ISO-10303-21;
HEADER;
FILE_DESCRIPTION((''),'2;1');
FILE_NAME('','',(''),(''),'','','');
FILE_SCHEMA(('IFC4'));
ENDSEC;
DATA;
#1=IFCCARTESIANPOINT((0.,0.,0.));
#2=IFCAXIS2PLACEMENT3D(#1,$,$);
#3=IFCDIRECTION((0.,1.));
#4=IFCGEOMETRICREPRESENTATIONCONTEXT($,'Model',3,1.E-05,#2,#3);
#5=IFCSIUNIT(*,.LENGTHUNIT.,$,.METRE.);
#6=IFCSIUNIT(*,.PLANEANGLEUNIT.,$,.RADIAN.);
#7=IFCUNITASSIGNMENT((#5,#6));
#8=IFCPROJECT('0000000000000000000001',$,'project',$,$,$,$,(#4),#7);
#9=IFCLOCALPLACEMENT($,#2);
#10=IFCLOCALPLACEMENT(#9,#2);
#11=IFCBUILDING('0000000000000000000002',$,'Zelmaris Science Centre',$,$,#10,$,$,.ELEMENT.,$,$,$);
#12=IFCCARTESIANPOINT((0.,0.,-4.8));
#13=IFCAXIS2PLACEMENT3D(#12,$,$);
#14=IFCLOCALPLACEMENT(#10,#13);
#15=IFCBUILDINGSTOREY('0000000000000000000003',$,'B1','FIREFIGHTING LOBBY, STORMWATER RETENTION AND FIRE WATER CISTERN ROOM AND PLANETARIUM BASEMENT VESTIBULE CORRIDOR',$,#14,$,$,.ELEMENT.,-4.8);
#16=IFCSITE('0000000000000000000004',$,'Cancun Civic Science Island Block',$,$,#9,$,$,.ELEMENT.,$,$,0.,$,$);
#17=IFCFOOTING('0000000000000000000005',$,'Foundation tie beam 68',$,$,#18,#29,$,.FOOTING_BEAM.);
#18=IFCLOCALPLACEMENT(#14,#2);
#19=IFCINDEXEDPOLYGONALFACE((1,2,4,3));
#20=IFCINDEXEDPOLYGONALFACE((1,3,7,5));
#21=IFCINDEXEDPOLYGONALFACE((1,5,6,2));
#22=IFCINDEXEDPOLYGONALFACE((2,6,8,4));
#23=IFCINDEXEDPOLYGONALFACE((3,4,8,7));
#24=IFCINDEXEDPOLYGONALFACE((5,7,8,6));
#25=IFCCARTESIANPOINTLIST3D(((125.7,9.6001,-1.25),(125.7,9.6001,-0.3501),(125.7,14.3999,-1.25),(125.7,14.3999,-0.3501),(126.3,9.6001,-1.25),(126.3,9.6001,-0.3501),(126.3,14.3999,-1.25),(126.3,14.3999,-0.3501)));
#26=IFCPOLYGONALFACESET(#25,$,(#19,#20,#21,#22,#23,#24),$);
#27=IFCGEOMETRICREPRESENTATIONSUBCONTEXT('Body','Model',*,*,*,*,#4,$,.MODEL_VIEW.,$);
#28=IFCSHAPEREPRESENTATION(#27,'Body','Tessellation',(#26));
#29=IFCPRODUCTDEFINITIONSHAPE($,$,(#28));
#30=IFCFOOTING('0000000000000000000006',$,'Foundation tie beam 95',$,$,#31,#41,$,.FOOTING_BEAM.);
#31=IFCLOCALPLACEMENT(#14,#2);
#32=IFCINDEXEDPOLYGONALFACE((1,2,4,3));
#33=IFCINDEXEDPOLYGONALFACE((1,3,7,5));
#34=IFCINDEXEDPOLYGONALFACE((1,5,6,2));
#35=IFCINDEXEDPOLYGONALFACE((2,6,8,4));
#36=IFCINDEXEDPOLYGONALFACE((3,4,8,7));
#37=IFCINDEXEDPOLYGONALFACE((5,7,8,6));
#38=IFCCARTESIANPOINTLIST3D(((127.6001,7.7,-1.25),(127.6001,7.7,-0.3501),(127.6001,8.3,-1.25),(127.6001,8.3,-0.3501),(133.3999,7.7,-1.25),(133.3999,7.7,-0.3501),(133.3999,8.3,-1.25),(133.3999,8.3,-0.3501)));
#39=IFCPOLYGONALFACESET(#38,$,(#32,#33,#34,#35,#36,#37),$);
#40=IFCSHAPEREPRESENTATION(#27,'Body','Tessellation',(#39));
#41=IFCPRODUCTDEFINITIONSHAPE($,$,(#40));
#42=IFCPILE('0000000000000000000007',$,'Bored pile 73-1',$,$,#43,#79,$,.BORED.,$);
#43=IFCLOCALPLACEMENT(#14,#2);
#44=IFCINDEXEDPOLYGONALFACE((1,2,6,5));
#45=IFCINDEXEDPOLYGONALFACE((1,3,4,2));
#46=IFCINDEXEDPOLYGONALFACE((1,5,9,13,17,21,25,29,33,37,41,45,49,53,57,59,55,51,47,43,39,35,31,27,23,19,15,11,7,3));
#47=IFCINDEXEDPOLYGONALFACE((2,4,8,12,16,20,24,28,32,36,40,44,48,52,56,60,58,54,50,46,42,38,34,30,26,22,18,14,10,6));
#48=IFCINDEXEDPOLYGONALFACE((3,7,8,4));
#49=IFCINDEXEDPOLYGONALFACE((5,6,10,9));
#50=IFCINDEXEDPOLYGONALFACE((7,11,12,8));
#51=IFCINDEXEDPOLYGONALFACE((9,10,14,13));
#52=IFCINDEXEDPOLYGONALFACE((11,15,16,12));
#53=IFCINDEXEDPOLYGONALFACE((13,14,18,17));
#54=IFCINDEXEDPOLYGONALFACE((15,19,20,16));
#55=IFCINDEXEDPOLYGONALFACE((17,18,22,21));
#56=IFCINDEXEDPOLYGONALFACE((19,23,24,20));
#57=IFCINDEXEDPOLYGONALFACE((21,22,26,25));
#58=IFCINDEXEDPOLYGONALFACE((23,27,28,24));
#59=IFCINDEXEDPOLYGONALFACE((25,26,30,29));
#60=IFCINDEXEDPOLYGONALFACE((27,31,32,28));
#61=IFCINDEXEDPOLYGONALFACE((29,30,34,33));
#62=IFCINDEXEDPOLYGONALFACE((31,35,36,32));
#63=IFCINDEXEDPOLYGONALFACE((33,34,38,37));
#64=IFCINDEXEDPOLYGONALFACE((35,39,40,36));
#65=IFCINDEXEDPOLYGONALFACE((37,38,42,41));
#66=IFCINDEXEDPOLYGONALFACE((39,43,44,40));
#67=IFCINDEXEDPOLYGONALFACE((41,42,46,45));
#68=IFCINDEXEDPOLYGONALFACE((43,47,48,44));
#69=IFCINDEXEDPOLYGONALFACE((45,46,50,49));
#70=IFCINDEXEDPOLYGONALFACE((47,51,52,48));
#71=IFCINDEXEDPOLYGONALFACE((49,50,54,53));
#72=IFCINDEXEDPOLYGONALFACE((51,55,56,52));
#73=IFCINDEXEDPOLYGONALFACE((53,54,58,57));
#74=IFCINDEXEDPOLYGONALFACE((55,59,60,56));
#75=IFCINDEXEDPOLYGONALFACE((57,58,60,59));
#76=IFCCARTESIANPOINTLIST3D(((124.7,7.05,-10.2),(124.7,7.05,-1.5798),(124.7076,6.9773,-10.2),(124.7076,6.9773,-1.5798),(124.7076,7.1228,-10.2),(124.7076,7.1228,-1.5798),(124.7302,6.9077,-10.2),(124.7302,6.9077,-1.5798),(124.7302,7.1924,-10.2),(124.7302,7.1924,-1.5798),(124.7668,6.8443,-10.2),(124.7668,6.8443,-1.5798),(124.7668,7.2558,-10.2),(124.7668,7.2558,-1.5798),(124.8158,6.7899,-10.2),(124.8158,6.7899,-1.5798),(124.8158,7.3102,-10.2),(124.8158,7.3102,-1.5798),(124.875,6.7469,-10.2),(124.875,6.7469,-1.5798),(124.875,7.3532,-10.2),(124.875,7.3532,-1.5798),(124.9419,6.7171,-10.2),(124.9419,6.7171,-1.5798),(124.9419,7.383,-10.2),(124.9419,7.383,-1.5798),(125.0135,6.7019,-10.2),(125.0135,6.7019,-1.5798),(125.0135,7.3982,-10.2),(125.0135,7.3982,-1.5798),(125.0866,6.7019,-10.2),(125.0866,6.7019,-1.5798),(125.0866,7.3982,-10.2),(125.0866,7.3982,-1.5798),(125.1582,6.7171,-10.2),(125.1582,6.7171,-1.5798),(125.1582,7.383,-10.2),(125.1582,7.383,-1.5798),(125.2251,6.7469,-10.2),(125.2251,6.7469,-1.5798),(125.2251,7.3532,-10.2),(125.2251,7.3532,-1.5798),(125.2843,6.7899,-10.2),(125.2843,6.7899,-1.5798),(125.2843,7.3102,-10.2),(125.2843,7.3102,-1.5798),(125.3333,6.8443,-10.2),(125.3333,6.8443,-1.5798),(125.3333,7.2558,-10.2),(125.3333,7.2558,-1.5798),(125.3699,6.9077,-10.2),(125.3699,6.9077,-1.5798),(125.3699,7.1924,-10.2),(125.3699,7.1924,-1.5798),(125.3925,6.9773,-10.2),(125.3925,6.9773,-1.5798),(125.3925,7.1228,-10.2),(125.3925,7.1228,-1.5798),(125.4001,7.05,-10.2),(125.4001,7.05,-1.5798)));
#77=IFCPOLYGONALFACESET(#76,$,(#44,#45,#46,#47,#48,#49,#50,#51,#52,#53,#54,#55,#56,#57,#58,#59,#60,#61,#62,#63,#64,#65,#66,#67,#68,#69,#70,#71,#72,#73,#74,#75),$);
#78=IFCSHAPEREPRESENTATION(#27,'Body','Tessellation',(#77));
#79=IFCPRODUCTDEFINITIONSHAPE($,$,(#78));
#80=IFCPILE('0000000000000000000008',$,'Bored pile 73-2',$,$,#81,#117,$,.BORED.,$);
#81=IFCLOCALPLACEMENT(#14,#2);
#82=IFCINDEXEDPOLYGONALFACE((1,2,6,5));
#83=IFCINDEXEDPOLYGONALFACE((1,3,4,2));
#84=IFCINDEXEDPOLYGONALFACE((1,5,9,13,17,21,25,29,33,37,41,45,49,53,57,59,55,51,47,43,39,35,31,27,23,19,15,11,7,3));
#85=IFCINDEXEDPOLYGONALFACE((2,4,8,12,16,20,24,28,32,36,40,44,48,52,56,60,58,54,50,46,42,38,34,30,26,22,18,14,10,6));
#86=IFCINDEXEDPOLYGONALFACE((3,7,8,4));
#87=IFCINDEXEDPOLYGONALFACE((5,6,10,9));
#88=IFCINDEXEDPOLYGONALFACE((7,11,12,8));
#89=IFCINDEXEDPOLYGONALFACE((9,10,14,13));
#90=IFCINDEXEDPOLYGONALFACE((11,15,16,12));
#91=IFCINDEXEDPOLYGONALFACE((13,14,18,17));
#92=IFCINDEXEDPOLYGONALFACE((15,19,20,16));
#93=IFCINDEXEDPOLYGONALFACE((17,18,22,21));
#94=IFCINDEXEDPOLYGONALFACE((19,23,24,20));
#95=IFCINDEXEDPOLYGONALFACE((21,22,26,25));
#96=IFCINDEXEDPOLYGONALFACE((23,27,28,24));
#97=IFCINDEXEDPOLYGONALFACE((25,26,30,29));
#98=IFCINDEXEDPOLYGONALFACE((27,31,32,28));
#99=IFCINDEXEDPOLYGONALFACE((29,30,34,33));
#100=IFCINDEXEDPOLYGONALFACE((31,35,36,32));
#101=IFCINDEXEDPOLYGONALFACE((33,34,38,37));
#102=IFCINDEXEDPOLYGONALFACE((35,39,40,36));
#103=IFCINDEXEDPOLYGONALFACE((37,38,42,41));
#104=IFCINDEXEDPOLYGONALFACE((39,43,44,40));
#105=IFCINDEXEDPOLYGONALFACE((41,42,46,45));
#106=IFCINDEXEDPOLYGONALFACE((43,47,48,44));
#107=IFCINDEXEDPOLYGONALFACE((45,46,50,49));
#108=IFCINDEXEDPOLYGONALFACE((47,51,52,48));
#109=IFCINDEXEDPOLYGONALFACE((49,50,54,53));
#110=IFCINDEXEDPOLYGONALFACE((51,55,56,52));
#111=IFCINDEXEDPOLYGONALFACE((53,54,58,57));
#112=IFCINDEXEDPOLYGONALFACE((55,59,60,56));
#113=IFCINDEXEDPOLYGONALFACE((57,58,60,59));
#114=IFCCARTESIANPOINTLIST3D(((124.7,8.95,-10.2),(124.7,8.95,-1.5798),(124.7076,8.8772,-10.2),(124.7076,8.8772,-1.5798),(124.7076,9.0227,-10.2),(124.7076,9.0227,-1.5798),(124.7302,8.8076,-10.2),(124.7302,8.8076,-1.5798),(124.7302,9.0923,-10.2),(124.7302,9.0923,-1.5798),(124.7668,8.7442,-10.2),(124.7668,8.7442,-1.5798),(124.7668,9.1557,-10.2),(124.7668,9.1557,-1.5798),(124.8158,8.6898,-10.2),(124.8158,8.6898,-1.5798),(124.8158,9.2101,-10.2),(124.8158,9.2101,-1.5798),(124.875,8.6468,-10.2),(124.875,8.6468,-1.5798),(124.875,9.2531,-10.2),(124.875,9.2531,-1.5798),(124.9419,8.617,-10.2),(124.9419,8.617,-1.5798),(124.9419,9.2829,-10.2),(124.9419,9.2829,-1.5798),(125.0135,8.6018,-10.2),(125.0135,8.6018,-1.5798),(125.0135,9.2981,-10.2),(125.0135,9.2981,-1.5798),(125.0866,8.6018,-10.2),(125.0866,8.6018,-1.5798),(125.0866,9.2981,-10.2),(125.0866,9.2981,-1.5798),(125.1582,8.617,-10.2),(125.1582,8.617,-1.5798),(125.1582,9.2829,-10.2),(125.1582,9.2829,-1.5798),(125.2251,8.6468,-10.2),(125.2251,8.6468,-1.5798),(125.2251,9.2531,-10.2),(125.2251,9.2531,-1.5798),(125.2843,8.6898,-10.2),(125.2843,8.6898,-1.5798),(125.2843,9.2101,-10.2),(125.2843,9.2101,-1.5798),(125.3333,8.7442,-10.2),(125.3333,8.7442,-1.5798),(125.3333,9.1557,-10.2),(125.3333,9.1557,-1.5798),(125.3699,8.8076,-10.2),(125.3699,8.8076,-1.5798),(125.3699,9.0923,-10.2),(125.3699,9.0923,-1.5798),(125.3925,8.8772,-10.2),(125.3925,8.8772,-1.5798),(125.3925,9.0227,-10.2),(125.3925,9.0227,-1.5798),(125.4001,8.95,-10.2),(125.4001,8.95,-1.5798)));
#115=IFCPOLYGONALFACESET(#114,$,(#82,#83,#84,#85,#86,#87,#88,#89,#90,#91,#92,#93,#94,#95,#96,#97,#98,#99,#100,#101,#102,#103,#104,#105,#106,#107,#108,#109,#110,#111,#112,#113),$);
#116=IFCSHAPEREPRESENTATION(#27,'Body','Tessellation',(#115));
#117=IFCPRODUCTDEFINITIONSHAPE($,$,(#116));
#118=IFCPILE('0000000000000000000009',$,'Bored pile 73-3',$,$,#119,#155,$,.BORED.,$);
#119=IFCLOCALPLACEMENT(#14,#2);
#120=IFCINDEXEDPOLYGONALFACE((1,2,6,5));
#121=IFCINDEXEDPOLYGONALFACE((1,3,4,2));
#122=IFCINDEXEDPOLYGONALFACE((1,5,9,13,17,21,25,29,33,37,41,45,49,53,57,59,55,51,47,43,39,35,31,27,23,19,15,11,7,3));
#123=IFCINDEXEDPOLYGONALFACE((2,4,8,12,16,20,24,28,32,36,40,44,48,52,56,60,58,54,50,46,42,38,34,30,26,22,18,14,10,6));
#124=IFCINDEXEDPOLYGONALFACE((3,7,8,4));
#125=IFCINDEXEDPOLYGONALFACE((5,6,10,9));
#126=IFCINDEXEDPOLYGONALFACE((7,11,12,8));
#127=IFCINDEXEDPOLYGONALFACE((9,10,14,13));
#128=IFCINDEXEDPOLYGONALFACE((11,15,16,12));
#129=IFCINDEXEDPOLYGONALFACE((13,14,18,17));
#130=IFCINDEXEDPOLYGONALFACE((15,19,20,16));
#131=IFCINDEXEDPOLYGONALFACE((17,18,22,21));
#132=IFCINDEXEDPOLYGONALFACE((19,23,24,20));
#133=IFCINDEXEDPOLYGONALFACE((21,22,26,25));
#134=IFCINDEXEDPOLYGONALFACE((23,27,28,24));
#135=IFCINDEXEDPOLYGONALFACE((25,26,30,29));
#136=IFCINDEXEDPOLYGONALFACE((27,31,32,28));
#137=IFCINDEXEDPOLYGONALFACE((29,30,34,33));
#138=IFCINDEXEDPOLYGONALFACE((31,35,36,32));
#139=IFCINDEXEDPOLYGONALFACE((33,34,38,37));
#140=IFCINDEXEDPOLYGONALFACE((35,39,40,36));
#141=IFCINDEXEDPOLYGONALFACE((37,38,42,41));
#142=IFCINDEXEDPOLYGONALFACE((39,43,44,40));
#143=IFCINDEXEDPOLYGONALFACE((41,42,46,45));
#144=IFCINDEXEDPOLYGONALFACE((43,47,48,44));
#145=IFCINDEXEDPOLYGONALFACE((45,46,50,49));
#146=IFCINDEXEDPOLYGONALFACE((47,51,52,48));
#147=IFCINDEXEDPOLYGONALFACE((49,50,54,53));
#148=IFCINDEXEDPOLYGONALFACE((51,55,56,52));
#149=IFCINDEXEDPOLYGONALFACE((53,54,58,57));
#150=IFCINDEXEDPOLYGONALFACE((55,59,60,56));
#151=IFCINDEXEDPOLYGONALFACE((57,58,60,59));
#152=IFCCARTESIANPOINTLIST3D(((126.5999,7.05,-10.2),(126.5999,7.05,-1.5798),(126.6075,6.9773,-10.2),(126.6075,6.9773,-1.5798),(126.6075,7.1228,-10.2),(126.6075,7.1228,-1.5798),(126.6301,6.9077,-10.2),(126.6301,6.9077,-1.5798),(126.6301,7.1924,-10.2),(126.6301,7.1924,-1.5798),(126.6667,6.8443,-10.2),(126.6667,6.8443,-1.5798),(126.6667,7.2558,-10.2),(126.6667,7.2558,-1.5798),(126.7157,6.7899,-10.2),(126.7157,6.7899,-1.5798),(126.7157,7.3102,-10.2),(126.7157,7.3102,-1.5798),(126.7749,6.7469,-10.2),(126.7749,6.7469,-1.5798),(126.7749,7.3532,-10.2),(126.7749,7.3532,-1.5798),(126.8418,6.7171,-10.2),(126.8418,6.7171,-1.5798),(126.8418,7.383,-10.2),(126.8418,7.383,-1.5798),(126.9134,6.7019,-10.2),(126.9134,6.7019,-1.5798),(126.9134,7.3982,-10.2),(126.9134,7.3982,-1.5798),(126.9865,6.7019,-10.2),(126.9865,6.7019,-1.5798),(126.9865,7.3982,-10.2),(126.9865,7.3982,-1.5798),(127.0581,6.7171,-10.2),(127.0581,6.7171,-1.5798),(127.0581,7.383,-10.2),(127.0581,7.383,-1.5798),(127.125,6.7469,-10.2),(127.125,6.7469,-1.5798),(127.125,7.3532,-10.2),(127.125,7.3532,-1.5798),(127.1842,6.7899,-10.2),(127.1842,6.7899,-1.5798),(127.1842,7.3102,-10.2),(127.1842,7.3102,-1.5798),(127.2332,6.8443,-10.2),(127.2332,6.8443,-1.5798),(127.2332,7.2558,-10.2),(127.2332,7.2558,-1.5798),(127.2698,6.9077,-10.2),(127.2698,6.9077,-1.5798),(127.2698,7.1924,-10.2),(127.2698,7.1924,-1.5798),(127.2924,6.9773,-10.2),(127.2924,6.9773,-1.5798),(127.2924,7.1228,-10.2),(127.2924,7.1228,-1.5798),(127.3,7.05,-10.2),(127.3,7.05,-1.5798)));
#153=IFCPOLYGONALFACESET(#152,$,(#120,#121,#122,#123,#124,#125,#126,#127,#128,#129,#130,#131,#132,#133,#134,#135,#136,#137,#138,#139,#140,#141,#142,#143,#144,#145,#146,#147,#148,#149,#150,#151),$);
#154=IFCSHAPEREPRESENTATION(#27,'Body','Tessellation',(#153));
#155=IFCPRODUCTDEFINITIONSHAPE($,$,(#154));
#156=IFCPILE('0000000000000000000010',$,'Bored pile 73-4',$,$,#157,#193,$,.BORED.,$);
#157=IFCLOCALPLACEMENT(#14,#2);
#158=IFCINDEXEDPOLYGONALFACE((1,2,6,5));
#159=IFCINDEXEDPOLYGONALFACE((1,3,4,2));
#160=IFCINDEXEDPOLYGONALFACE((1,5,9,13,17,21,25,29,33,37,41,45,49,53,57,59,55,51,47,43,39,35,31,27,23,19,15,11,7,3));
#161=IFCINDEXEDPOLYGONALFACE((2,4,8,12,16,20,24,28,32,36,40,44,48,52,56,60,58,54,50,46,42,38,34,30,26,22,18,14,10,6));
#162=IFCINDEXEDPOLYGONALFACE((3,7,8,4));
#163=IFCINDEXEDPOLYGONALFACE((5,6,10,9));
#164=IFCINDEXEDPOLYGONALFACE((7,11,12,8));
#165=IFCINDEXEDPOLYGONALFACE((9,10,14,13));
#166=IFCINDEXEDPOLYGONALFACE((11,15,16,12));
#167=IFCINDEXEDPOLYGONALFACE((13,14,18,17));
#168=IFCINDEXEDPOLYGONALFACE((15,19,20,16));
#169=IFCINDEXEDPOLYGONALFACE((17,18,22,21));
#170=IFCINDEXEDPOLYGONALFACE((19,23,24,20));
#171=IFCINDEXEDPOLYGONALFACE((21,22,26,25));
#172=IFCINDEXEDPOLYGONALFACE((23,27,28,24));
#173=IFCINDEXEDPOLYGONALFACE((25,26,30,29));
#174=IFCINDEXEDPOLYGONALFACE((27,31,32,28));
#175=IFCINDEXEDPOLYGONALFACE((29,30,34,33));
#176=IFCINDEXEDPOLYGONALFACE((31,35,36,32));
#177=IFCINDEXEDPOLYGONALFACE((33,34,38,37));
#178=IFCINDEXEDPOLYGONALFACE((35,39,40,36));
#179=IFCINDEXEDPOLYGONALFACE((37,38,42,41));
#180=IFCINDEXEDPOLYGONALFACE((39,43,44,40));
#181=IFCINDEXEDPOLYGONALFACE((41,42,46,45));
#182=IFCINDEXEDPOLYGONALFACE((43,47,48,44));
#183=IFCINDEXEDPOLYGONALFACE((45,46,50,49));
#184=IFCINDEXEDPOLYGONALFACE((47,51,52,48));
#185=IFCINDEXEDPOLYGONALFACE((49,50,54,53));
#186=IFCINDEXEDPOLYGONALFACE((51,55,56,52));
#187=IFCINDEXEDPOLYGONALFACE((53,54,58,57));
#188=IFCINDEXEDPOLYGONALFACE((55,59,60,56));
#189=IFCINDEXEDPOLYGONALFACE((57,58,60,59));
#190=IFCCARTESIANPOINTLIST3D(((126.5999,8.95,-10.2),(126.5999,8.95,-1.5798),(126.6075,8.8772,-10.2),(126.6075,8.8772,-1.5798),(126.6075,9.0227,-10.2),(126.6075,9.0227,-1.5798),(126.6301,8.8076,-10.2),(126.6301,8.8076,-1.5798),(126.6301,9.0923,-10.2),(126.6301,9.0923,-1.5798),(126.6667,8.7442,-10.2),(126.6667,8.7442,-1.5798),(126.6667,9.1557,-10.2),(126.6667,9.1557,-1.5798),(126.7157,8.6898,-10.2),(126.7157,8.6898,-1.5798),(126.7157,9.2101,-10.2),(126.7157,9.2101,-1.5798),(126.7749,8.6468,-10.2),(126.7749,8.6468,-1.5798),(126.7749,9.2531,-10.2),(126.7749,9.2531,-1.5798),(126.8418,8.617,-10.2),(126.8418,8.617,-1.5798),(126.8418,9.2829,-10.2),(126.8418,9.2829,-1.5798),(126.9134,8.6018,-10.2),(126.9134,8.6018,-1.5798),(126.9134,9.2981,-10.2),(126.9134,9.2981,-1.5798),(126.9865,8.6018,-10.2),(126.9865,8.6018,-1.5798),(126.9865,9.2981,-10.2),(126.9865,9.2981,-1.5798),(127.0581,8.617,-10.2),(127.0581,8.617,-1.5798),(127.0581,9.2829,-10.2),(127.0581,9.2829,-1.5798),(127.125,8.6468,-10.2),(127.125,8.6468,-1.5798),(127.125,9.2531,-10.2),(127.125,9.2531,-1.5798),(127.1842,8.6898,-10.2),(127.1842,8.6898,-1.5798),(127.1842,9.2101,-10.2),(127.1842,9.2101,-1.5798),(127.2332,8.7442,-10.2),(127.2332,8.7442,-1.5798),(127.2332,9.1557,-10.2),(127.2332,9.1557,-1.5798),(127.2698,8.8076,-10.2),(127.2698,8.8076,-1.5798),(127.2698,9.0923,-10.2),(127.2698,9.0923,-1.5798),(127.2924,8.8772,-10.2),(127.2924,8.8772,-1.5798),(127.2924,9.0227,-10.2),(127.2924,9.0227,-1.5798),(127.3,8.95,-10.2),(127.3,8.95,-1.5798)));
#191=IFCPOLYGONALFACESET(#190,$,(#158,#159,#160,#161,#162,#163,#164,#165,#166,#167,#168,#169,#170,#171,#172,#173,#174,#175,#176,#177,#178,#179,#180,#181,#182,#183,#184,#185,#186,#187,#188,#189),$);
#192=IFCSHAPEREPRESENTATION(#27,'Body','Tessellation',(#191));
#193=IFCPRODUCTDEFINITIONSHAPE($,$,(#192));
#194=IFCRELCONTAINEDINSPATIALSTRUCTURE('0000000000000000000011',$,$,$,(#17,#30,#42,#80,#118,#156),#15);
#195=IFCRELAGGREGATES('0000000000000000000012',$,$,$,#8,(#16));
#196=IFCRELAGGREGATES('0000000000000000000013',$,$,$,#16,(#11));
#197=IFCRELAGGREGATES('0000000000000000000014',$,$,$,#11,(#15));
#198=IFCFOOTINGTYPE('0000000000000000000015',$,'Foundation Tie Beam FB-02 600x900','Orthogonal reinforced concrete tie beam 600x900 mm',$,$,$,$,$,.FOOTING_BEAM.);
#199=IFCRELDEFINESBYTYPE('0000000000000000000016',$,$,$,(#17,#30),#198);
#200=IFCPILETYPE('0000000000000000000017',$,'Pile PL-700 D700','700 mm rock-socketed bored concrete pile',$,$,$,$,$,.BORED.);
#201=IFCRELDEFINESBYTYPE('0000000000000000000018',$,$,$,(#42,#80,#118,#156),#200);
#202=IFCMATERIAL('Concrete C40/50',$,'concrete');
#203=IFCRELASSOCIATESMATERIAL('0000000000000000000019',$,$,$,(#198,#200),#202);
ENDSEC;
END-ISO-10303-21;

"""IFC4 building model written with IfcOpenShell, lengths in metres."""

from ifc_helpers import new_model, si_unit, direction, frame, origin, origin_2d, place, context, subcontext, project, spatial, rectangle, circle, extrude, material, material_profile, profile_set, type_object, element, save


model = new_model("IFC4")

# Units and contexts
model_context = context("Model", 3, precision=1e-05, world=origin(), true_north=direction((0.0, 1.0)))
body_context = subcontext(model_context, "Body", "Model", "MODEL_VIEW")
ifc_project = project(units=[si_unit("LENGTHUNIT", "METRE"), si_unit("PLANEANGLEUNIT", "RADIAN")], contexts=[model_context])

# Site, building, storey
site_placement = place(None, origin())
site = spatial("IfcSite", under=ifc_project, at=site_placement, Name="Cancun Civic Science Island Block", CompositionType="ELEMENT", RefElevation=0.0)
building_placement = place(site_placement, origin())
building = spatial("IfcBuilding", under=site, at=building_placement, Name="Zelmaris Science Centre", CompositionType="ELEMENT")
storey_placement = place(building_placement, frame((0.0, 0.0, -4.8)))
storey = spatial("IfcBuildingStorey", under=building, at=storey_placement, Name="B1", Description="FIREFIGHTING LOBBY, STORMWATER RETENTION AND FIRE WATER CISTERN ROOM AND PLANETARIUM BASEMENT VESTIBULE CORRIDOR", CompositionType="ELEMENT", Elevation=-4.8)

# Footings
ifc_material_1 = material(Name="Concrete C40/50", Category="concrete")
ifc_material_profile_1 = material_profile(ifc_material_1, rectangle(XDim=0.6001, YDim=0.8999, at=origin_2d()), Name="FB-600X900")
ifc_profile_set_1 = profile_set([ifc_material_profile_1], Name="Concrete C40/50")
footing_type = type_object("IfcFootingType", Name="Foundation Tie Beam FB-02 600x900", Description="Orthogonal reinforced concrete tie beam 600x900 mm", PredefinedType="FOOTING_BEAM", material=ifc_profile_set_1)
footing_1_placement = place(storey_placement, frame((126.0, 9.6001, -0.8), z_axis=(0.0, 1.0, 0.0), x_axis=(-1.0, 0.0, 0.0)))
element("IfcFooting", 1, at=footing_1_placement, inside=storey, type_object=footing_type, Name="Foundation tie beam 68", PredefinedType="FOOTING_BEAM", context=body_context, shape_type="SweptSolid", body=[
    extrude(rectangle(XDim=0.6001, YDim=0.8999, at=origin_2d()), origin(), (0.0, 0.0, 1.0), 4.7998),
])
footing_2_placement = place(storey_placement, frame((127.6001, 8.0, -0.8), z_axis=(1.0, 0.0, 0.0), x_axis=(0.0, 1.0, 0.0)))
element("IfcFooting", 2, at=footing_2_placement, inside=storey, type_object=footing_type, Name="Foundation tie beam 95", PredefinedType="FOOTING_BEAM", context=body_context, shape_type="SweptSolid", body=[
    extrude(rectangle(XDim=0.6001, YDim=0.8999, at=origin_2d()), origin(), (0.0, 0.0, 1.0), 5.7998),
])

# Piles
ifc_material_profile_2 = material_profile(ifc_material_1, circle(Radius=0.3501, at=origin_2d()), Name="PILE-700")
ifc_profile_set_2 = profile_set([ifc_material_profile_2], Name="Concrete C40/50")
pile_type_1 = type_object("IfcPileType", Name="Pile PL-700 D700", Description="700 mm rock-socketed bored concrete pile", PredefinedType="BORED", material=ifc_profile_set_2)
for number, where, z_axis, x_axis, name in (
    (3, (125.05, 7.05, -1.5798), (0.0, 0.0, -1.0), (1.0, 0.0, 0.0), "Bored pile 73-1"),
    (4, (125.05, 8.95, -1.5798), (0.0, 0.0, -1.0), (1.0, 0.0, 0.0), "Bored pile 73-2"),
    (5, (126.95, 7.05, -1.5798), (0.0, 0.0, -1.0), (1.0, 0.0, 0.0), "Bored pile 73-3"),
    (6, (126.95, 8.95, -1.5798), (0.0, 0.0, -1.0), (1.0, 0.0, 0.0), "Bored pile 73-4"),
):
    element("IfcPile", number, at=place(storey_placement, frame(where, z_axis=z_axis, x_axis=x_axis)), inside=storey, type_object=pile_type_1, Name=name, PredefinedType="BORED", context=body_context, shape_type="SweptSolid", body=[
        extrude(circle(Radius=0.3501, at=origin_2d()), origin(), (0.0, 0.0, 1.0), 8.6201),
    ])

save(model, "model.ifc")
